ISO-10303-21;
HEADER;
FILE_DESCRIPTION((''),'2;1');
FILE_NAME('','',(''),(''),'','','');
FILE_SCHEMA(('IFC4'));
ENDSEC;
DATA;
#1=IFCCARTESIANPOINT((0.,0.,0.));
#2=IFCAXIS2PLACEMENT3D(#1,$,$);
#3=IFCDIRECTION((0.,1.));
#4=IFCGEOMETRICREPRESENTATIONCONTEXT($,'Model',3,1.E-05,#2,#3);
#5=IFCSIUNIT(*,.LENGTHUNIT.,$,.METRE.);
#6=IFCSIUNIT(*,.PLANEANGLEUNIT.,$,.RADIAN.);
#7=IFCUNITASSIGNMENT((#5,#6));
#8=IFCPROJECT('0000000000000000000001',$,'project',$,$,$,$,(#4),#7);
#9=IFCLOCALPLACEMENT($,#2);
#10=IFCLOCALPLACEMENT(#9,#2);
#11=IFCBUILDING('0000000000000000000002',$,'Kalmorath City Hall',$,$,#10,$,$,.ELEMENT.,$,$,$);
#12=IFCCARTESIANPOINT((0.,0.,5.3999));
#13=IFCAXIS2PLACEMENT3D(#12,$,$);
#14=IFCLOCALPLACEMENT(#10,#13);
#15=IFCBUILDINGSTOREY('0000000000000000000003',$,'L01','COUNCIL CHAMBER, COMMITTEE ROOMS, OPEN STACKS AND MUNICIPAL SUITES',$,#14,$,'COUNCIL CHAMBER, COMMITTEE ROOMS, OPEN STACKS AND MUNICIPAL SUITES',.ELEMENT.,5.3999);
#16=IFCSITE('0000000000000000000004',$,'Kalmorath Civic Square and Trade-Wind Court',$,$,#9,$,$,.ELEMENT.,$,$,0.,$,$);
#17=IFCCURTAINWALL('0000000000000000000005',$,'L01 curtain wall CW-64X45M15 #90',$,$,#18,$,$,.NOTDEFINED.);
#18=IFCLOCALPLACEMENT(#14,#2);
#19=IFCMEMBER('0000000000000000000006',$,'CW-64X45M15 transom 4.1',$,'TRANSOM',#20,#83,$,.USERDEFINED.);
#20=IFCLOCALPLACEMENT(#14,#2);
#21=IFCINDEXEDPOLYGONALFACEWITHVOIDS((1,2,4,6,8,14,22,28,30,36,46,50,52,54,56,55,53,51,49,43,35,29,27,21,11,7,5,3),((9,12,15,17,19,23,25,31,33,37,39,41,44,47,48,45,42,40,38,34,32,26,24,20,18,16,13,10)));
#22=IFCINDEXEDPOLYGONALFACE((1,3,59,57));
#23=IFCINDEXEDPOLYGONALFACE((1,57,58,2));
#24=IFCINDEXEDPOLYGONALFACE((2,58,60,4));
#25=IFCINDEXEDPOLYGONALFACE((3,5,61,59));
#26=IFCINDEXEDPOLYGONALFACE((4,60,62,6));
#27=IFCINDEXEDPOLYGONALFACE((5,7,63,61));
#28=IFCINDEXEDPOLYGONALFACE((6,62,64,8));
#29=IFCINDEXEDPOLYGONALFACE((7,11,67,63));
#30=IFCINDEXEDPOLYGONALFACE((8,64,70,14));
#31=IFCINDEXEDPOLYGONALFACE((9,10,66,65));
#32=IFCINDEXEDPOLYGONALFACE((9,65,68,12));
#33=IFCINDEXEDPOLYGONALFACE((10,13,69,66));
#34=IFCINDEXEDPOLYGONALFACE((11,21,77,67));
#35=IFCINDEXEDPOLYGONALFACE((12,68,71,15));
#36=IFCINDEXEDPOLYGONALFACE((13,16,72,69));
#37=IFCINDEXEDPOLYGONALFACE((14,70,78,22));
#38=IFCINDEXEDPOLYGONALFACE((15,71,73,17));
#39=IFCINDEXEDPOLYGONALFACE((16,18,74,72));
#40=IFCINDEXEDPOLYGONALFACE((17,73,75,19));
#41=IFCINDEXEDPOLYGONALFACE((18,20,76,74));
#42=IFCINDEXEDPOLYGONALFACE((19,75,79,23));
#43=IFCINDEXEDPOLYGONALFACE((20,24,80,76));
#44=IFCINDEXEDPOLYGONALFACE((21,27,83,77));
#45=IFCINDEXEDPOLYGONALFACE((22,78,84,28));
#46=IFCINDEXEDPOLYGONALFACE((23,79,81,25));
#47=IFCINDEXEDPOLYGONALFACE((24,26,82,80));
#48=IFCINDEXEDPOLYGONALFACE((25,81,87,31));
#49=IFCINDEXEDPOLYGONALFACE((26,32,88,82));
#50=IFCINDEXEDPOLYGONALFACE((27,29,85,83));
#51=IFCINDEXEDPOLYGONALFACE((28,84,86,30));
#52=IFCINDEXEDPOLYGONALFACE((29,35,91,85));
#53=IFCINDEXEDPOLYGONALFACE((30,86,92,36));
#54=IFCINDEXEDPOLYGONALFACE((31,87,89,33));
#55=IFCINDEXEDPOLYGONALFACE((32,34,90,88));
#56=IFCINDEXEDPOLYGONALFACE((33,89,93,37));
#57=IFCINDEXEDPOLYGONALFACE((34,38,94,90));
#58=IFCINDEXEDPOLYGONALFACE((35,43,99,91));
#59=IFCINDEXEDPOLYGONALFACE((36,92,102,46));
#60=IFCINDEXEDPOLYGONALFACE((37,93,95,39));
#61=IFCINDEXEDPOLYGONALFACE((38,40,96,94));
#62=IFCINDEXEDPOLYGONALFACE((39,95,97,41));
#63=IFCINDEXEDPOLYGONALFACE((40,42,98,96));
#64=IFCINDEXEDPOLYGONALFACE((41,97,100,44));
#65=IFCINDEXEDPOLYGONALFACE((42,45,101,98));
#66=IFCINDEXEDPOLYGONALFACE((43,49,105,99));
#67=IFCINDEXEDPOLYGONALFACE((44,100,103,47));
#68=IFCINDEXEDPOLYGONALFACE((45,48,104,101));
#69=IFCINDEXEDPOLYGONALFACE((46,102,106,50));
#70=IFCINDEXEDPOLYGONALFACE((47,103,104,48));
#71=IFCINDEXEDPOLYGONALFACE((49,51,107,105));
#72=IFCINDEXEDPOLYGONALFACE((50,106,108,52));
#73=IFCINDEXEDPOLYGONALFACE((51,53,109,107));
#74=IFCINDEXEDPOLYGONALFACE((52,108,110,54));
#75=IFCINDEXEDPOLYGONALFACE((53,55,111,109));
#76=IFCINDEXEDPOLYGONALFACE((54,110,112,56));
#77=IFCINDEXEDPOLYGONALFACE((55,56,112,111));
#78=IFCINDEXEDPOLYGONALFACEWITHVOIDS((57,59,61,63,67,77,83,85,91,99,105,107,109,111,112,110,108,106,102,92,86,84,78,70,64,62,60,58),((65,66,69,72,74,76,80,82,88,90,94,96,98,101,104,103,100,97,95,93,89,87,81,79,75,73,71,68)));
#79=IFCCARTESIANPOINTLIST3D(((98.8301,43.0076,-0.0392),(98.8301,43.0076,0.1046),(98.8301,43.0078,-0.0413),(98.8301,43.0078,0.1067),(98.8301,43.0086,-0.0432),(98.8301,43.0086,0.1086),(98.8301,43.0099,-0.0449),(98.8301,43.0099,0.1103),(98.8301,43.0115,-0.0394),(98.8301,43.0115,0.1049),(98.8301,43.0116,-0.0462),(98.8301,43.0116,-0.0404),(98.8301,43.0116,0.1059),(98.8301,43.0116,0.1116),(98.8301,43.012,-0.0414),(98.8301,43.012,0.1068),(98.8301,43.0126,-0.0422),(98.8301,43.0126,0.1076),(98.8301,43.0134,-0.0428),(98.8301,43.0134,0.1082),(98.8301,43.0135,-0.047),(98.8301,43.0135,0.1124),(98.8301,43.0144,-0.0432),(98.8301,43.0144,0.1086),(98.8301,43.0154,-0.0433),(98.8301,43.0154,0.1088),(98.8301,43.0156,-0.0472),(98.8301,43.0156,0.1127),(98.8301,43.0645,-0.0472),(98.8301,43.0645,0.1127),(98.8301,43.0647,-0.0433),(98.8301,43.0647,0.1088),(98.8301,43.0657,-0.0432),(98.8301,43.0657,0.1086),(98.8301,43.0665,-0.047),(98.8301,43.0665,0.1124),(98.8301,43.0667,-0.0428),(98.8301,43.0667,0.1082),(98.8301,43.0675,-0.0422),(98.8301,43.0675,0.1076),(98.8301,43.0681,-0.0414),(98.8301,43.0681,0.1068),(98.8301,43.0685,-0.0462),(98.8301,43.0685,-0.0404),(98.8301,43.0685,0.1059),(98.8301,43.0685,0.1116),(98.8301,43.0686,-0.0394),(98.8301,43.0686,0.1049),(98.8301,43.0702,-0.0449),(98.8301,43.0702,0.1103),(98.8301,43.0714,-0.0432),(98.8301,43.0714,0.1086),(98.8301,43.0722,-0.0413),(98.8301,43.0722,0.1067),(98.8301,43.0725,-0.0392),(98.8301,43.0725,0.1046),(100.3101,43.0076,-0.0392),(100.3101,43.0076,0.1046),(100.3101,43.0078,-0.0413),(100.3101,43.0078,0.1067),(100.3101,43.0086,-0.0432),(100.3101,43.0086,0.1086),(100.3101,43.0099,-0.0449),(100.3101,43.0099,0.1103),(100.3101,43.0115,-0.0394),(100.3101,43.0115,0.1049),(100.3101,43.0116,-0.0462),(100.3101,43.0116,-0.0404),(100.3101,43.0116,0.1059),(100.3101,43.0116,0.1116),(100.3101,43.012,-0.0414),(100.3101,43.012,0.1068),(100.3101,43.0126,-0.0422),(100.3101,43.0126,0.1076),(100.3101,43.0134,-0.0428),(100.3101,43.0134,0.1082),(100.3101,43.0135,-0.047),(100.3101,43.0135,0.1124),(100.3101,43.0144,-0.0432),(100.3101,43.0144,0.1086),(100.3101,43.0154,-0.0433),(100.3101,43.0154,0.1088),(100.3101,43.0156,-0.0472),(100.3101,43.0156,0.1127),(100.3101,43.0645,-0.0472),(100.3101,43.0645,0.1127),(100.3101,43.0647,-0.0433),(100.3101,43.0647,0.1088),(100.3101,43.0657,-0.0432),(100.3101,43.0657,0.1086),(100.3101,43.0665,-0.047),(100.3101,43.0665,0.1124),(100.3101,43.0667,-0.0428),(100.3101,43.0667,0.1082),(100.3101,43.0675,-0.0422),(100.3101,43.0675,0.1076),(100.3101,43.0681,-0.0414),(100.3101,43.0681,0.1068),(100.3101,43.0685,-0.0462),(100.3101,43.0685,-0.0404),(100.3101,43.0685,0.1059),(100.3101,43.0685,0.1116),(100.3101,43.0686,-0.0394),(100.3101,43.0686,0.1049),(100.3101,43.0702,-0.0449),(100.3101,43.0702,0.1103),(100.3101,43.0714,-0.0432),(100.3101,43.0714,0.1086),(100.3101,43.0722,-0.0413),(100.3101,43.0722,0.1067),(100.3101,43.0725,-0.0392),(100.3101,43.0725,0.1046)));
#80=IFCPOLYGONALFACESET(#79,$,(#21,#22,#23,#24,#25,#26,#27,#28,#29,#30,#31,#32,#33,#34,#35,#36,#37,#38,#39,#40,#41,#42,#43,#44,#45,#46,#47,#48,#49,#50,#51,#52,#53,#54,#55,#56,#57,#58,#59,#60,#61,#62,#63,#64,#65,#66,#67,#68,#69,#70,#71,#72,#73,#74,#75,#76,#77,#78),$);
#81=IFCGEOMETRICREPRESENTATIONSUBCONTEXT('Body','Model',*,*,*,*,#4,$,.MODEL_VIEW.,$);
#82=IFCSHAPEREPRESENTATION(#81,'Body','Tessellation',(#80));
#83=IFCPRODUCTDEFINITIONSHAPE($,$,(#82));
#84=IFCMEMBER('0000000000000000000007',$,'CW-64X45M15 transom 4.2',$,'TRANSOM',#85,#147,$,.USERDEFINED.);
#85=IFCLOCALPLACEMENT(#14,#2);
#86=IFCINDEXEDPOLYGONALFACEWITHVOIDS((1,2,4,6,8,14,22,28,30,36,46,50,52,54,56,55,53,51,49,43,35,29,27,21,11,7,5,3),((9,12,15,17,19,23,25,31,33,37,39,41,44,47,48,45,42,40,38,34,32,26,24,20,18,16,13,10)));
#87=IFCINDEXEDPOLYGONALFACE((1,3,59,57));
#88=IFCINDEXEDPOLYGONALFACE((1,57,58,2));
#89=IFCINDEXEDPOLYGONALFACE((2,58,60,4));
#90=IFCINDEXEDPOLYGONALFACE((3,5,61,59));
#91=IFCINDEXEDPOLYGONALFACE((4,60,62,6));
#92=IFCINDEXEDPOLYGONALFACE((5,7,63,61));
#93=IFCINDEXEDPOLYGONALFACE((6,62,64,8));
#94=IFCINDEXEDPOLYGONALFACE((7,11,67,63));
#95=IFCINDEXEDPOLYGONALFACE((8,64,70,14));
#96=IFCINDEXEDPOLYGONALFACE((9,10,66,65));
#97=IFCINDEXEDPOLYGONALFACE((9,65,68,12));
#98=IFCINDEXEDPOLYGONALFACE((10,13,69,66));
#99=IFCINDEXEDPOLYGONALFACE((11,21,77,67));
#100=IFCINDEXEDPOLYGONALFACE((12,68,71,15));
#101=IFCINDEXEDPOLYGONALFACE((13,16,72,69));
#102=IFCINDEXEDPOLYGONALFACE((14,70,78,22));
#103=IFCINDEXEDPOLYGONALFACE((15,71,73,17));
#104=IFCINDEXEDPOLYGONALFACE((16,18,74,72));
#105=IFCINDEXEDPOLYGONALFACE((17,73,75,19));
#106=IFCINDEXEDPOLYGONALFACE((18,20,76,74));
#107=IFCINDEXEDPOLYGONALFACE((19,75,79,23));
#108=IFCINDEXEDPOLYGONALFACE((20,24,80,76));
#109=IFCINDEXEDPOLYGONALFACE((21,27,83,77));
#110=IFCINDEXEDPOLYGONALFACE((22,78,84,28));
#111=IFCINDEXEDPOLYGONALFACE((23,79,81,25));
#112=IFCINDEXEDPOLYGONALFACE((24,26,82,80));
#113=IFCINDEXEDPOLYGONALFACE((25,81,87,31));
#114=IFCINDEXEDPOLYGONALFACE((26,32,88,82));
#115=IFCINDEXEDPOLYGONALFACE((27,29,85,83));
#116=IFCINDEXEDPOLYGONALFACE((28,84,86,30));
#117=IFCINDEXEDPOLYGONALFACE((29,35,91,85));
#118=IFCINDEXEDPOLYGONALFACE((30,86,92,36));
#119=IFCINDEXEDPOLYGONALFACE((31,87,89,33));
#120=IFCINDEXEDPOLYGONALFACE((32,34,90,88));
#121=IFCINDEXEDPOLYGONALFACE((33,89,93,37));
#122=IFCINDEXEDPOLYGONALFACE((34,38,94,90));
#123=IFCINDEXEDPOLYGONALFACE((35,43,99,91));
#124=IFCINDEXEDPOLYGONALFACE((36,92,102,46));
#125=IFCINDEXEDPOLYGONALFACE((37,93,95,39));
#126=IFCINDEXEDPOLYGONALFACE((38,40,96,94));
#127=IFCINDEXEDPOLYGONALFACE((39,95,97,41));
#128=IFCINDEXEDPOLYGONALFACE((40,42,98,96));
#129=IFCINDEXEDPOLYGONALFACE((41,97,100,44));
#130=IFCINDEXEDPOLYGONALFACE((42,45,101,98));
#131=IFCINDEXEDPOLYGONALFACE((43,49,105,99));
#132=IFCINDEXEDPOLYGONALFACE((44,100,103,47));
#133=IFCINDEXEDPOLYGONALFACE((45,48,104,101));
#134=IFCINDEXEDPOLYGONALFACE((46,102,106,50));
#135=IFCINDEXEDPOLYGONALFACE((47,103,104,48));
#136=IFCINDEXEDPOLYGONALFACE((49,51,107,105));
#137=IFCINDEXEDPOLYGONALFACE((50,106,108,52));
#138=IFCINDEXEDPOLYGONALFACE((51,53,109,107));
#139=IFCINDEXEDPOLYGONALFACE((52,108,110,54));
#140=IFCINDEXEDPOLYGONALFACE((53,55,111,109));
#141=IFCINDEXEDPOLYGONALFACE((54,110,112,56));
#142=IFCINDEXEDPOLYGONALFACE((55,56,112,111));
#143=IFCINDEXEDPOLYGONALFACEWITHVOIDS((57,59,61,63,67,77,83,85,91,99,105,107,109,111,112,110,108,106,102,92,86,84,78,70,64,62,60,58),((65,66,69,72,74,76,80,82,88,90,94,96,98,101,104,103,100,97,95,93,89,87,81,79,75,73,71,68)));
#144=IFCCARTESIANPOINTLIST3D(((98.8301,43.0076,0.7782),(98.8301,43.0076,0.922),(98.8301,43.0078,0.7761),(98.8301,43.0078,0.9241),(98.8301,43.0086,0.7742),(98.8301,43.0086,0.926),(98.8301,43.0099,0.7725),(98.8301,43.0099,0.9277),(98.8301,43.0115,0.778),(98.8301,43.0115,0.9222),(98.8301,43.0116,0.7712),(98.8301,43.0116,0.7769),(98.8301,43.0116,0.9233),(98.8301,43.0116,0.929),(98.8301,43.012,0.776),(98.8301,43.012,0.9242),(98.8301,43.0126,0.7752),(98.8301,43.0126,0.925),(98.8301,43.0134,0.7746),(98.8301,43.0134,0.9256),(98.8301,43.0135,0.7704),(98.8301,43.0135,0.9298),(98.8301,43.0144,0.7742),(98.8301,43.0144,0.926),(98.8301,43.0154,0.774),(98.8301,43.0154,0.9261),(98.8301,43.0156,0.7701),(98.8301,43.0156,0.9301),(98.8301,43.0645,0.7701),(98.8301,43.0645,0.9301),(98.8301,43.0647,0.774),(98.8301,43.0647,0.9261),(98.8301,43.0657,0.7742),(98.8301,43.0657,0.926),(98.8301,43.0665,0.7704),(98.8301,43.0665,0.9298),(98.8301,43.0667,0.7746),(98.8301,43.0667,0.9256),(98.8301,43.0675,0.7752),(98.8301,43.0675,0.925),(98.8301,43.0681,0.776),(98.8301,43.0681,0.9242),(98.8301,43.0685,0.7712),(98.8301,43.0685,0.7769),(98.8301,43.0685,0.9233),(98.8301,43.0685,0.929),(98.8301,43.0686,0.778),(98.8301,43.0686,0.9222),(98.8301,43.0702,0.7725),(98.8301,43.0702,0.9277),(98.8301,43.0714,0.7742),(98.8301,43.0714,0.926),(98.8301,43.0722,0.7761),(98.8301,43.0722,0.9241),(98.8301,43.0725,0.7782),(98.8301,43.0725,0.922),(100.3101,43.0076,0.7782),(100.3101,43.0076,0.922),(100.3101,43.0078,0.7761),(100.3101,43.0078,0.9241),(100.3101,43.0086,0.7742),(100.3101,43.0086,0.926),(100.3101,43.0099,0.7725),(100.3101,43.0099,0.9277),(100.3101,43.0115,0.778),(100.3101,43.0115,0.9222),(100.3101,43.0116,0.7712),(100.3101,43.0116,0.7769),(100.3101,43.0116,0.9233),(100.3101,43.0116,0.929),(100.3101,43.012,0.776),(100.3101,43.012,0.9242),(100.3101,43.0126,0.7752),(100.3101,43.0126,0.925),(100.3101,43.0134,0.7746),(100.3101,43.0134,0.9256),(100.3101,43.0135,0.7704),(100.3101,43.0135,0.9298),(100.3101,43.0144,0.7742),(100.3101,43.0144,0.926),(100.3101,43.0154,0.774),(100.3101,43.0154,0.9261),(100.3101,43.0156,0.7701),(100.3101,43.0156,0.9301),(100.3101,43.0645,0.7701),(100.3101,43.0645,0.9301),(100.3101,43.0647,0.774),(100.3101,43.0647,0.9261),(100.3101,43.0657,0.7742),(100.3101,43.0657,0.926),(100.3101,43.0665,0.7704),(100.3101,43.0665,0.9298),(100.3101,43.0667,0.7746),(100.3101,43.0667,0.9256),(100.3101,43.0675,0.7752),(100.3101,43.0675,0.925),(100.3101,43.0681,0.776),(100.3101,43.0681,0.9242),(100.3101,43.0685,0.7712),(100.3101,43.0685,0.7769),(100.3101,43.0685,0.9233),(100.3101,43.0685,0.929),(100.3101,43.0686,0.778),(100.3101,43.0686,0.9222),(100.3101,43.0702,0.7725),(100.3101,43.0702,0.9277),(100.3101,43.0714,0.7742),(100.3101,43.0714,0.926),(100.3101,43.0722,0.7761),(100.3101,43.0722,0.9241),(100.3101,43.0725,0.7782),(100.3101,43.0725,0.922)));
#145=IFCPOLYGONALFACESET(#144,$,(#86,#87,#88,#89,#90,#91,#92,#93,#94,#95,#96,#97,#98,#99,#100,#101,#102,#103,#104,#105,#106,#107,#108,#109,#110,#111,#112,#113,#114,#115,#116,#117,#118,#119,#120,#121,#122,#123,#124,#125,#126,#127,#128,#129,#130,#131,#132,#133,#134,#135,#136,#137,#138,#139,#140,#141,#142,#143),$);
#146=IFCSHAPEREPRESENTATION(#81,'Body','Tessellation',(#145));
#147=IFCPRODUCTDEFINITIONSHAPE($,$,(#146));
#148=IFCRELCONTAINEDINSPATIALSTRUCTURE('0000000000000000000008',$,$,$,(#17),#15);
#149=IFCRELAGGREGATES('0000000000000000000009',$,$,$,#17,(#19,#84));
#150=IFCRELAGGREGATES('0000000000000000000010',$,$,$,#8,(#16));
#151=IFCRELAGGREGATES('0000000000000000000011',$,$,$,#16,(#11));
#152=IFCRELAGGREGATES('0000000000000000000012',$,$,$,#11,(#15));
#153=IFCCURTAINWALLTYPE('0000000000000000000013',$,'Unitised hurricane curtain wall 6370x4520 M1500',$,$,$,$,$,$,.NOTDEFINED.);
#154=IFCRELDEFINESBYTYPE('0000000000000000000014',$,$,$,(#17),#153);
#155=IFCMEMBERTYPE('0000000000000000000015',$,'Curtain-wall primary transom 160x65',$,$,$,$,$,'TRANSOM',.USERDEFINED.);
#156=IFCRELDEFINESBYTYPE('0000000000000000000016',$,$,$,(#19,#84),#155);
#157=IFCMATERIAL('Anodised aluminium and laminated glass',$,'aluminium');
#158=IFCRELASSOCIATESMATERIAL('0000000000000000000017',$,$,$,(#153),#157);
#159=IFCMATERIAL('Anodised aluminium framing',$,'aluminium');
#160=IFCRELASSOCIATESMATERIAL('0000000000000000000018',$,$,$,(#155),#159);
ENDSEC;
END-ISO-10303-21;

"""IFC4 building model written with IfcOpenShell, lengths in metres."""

from ifc_helpers import new_model, si_unit, direction, frame, origin, origin_2d, place, context, subcontext, project, spatial, hollow_rectangle, extrude, material, material_profile, profile_set, type_object, element, aggregate, save


model = new_model("IFC4")

# Units and contexts
model_context = context("Model", 3, precision=1e-05, world=origin(), true_north=direction((0.0, 1.0)))
body_context = subcontext(model_context, "Body", "Model", "MODEL_VIEW")
ifc_project = project(units=[si_unit("LENGTHUNIT", "METRE"), si_unit("PLANEANGLEUNIT", "RADIAN")], contexts=[model_context])

# Site, building, storey
site_placement = place(None, origin())
site = spatial("IfcSite", under=ifc_project, at=site_placement, Name="Kalmorath Civic Square and Trade-Wind Court", CompositionType="ELEMENT", RefElevation=0.0)
building_placement = place(site_placement, origin())
building = spatial("IfcBuilding", under=site, at=building_placement, Name="Kalmorath City Hall", CompositionType="ELEMENT")
storey_placement = place(building_placement, frame((0.0, 0.0, 5.3999)))
storey = spatial("IfcBuildingStorey", under=building, at=storey_placement, Name="L01", Description="COUNCIL CHAMBER, COMMITTEE ROOMS, OPEN STACKS AND MUNICIPAL SUITES", LongName="COUNCIL CHAMBER, COMMITTEE ROOMS, OPEN STACKS AND MUNICIPAL SUITES", CompositionType="ELEMENT", Elevation=5.3999)

# Curtain wall
ifc_material_1 = material(Name="Anodised aluminium and laminated glass", Category="aluminium")
curtain_wall_type_1 = type_object("IfcCurtainWallType", Name="Unitised hurricane curtain wall 6370x4520 M1500", PredefinedType="NOTDEFINED", material=ifc_material_1)
curtain_wall_1_placement = place(storey_placement, origin())
curtain_wall_1 = element("IfcCurtainWall", 1, at=curtain_wall_1_placement, inside=storey, type_object=curtain_wall_type_1, Name="L01 curtain wall CW-64X45M15 #90", PredefinedType="NOTDEFINED")

# Members
ifc_material_2 = material(Name="Anodised aluminium framing", Category="aluminium")
ifc_material_profile_1 = material_profile(ifc_material_2, hollow_rectangle(XDim=0.0649, YDim=0.1599, WallThickness=0.0039, InnerFilletRadius=0.0039, OuterFilletRadius=0.0081, at=origin_2d()), Name="ALU-TRN-160X65X4")
ifc_profile_set_1 = profile_set([ifc_material_profile_1], Name="Anodised aluminium framing")
member_type_1 = type_object("IfcMemberType", Name="Curtain-wall primary transom 160x65", ElementType="TRANSOM", PredefinedType="USERDEFINED", material=ifc_profile_set_1)
member_1_placement = place(storey_placement, frame((98.8301, 43.04, 0.0327), z_axis=(1.0, 0.0, 0.0), x_axis=(0.0, 1.0, 0.0)))
member_1 = element("IfcMember", 2, at=member_1_placement, type_object=member_type_1, Name="CW-64X45M15 transom 4.1", ObjectType="TRANSOM", PredefinedType="USERDEFINED", context=body_context, shape_type="SweptSolid", body=[
    extrude(hollow_rectangle(XDim=0.0649, YDim=0.1599, WallThickness=0.0039, InnerFilletRadius=0.0039, OuterFilletRadius=0.0081, at=origin_2d()), origin(), (0.0, 0.0, 1.0), 1.48),
])
member_2_placement = place(storey_placement, frame((98.8301, 43.04, 0.8501), z_axis=(1.0, 0.0, 0.0), x_axis=(0.0, 1.0, 0.0)))
member_2 = element("IfcMember", 3, at=member_2_placement, type_object=member_type_1, Name="CW-64X45M15 transom 4.2", ObjectType="TRANSOM", PredefinedType="USERDEFINED", context=body_context, shape_type="SweptSolid", body=[
    extrude(hollow_rectangle(XDim=0.0649, YDim=0.1599, WallThickness=0.0039, InnerFilletRadius=0.0039, OuterFilletRadius=0.0081, at=origin_2d()), origin(), (0.0, 0.0, 1.0), 1.48),
])

aggregate(curtain_wall_1, [member_1, member_2])

save(model, "model.ifc")
